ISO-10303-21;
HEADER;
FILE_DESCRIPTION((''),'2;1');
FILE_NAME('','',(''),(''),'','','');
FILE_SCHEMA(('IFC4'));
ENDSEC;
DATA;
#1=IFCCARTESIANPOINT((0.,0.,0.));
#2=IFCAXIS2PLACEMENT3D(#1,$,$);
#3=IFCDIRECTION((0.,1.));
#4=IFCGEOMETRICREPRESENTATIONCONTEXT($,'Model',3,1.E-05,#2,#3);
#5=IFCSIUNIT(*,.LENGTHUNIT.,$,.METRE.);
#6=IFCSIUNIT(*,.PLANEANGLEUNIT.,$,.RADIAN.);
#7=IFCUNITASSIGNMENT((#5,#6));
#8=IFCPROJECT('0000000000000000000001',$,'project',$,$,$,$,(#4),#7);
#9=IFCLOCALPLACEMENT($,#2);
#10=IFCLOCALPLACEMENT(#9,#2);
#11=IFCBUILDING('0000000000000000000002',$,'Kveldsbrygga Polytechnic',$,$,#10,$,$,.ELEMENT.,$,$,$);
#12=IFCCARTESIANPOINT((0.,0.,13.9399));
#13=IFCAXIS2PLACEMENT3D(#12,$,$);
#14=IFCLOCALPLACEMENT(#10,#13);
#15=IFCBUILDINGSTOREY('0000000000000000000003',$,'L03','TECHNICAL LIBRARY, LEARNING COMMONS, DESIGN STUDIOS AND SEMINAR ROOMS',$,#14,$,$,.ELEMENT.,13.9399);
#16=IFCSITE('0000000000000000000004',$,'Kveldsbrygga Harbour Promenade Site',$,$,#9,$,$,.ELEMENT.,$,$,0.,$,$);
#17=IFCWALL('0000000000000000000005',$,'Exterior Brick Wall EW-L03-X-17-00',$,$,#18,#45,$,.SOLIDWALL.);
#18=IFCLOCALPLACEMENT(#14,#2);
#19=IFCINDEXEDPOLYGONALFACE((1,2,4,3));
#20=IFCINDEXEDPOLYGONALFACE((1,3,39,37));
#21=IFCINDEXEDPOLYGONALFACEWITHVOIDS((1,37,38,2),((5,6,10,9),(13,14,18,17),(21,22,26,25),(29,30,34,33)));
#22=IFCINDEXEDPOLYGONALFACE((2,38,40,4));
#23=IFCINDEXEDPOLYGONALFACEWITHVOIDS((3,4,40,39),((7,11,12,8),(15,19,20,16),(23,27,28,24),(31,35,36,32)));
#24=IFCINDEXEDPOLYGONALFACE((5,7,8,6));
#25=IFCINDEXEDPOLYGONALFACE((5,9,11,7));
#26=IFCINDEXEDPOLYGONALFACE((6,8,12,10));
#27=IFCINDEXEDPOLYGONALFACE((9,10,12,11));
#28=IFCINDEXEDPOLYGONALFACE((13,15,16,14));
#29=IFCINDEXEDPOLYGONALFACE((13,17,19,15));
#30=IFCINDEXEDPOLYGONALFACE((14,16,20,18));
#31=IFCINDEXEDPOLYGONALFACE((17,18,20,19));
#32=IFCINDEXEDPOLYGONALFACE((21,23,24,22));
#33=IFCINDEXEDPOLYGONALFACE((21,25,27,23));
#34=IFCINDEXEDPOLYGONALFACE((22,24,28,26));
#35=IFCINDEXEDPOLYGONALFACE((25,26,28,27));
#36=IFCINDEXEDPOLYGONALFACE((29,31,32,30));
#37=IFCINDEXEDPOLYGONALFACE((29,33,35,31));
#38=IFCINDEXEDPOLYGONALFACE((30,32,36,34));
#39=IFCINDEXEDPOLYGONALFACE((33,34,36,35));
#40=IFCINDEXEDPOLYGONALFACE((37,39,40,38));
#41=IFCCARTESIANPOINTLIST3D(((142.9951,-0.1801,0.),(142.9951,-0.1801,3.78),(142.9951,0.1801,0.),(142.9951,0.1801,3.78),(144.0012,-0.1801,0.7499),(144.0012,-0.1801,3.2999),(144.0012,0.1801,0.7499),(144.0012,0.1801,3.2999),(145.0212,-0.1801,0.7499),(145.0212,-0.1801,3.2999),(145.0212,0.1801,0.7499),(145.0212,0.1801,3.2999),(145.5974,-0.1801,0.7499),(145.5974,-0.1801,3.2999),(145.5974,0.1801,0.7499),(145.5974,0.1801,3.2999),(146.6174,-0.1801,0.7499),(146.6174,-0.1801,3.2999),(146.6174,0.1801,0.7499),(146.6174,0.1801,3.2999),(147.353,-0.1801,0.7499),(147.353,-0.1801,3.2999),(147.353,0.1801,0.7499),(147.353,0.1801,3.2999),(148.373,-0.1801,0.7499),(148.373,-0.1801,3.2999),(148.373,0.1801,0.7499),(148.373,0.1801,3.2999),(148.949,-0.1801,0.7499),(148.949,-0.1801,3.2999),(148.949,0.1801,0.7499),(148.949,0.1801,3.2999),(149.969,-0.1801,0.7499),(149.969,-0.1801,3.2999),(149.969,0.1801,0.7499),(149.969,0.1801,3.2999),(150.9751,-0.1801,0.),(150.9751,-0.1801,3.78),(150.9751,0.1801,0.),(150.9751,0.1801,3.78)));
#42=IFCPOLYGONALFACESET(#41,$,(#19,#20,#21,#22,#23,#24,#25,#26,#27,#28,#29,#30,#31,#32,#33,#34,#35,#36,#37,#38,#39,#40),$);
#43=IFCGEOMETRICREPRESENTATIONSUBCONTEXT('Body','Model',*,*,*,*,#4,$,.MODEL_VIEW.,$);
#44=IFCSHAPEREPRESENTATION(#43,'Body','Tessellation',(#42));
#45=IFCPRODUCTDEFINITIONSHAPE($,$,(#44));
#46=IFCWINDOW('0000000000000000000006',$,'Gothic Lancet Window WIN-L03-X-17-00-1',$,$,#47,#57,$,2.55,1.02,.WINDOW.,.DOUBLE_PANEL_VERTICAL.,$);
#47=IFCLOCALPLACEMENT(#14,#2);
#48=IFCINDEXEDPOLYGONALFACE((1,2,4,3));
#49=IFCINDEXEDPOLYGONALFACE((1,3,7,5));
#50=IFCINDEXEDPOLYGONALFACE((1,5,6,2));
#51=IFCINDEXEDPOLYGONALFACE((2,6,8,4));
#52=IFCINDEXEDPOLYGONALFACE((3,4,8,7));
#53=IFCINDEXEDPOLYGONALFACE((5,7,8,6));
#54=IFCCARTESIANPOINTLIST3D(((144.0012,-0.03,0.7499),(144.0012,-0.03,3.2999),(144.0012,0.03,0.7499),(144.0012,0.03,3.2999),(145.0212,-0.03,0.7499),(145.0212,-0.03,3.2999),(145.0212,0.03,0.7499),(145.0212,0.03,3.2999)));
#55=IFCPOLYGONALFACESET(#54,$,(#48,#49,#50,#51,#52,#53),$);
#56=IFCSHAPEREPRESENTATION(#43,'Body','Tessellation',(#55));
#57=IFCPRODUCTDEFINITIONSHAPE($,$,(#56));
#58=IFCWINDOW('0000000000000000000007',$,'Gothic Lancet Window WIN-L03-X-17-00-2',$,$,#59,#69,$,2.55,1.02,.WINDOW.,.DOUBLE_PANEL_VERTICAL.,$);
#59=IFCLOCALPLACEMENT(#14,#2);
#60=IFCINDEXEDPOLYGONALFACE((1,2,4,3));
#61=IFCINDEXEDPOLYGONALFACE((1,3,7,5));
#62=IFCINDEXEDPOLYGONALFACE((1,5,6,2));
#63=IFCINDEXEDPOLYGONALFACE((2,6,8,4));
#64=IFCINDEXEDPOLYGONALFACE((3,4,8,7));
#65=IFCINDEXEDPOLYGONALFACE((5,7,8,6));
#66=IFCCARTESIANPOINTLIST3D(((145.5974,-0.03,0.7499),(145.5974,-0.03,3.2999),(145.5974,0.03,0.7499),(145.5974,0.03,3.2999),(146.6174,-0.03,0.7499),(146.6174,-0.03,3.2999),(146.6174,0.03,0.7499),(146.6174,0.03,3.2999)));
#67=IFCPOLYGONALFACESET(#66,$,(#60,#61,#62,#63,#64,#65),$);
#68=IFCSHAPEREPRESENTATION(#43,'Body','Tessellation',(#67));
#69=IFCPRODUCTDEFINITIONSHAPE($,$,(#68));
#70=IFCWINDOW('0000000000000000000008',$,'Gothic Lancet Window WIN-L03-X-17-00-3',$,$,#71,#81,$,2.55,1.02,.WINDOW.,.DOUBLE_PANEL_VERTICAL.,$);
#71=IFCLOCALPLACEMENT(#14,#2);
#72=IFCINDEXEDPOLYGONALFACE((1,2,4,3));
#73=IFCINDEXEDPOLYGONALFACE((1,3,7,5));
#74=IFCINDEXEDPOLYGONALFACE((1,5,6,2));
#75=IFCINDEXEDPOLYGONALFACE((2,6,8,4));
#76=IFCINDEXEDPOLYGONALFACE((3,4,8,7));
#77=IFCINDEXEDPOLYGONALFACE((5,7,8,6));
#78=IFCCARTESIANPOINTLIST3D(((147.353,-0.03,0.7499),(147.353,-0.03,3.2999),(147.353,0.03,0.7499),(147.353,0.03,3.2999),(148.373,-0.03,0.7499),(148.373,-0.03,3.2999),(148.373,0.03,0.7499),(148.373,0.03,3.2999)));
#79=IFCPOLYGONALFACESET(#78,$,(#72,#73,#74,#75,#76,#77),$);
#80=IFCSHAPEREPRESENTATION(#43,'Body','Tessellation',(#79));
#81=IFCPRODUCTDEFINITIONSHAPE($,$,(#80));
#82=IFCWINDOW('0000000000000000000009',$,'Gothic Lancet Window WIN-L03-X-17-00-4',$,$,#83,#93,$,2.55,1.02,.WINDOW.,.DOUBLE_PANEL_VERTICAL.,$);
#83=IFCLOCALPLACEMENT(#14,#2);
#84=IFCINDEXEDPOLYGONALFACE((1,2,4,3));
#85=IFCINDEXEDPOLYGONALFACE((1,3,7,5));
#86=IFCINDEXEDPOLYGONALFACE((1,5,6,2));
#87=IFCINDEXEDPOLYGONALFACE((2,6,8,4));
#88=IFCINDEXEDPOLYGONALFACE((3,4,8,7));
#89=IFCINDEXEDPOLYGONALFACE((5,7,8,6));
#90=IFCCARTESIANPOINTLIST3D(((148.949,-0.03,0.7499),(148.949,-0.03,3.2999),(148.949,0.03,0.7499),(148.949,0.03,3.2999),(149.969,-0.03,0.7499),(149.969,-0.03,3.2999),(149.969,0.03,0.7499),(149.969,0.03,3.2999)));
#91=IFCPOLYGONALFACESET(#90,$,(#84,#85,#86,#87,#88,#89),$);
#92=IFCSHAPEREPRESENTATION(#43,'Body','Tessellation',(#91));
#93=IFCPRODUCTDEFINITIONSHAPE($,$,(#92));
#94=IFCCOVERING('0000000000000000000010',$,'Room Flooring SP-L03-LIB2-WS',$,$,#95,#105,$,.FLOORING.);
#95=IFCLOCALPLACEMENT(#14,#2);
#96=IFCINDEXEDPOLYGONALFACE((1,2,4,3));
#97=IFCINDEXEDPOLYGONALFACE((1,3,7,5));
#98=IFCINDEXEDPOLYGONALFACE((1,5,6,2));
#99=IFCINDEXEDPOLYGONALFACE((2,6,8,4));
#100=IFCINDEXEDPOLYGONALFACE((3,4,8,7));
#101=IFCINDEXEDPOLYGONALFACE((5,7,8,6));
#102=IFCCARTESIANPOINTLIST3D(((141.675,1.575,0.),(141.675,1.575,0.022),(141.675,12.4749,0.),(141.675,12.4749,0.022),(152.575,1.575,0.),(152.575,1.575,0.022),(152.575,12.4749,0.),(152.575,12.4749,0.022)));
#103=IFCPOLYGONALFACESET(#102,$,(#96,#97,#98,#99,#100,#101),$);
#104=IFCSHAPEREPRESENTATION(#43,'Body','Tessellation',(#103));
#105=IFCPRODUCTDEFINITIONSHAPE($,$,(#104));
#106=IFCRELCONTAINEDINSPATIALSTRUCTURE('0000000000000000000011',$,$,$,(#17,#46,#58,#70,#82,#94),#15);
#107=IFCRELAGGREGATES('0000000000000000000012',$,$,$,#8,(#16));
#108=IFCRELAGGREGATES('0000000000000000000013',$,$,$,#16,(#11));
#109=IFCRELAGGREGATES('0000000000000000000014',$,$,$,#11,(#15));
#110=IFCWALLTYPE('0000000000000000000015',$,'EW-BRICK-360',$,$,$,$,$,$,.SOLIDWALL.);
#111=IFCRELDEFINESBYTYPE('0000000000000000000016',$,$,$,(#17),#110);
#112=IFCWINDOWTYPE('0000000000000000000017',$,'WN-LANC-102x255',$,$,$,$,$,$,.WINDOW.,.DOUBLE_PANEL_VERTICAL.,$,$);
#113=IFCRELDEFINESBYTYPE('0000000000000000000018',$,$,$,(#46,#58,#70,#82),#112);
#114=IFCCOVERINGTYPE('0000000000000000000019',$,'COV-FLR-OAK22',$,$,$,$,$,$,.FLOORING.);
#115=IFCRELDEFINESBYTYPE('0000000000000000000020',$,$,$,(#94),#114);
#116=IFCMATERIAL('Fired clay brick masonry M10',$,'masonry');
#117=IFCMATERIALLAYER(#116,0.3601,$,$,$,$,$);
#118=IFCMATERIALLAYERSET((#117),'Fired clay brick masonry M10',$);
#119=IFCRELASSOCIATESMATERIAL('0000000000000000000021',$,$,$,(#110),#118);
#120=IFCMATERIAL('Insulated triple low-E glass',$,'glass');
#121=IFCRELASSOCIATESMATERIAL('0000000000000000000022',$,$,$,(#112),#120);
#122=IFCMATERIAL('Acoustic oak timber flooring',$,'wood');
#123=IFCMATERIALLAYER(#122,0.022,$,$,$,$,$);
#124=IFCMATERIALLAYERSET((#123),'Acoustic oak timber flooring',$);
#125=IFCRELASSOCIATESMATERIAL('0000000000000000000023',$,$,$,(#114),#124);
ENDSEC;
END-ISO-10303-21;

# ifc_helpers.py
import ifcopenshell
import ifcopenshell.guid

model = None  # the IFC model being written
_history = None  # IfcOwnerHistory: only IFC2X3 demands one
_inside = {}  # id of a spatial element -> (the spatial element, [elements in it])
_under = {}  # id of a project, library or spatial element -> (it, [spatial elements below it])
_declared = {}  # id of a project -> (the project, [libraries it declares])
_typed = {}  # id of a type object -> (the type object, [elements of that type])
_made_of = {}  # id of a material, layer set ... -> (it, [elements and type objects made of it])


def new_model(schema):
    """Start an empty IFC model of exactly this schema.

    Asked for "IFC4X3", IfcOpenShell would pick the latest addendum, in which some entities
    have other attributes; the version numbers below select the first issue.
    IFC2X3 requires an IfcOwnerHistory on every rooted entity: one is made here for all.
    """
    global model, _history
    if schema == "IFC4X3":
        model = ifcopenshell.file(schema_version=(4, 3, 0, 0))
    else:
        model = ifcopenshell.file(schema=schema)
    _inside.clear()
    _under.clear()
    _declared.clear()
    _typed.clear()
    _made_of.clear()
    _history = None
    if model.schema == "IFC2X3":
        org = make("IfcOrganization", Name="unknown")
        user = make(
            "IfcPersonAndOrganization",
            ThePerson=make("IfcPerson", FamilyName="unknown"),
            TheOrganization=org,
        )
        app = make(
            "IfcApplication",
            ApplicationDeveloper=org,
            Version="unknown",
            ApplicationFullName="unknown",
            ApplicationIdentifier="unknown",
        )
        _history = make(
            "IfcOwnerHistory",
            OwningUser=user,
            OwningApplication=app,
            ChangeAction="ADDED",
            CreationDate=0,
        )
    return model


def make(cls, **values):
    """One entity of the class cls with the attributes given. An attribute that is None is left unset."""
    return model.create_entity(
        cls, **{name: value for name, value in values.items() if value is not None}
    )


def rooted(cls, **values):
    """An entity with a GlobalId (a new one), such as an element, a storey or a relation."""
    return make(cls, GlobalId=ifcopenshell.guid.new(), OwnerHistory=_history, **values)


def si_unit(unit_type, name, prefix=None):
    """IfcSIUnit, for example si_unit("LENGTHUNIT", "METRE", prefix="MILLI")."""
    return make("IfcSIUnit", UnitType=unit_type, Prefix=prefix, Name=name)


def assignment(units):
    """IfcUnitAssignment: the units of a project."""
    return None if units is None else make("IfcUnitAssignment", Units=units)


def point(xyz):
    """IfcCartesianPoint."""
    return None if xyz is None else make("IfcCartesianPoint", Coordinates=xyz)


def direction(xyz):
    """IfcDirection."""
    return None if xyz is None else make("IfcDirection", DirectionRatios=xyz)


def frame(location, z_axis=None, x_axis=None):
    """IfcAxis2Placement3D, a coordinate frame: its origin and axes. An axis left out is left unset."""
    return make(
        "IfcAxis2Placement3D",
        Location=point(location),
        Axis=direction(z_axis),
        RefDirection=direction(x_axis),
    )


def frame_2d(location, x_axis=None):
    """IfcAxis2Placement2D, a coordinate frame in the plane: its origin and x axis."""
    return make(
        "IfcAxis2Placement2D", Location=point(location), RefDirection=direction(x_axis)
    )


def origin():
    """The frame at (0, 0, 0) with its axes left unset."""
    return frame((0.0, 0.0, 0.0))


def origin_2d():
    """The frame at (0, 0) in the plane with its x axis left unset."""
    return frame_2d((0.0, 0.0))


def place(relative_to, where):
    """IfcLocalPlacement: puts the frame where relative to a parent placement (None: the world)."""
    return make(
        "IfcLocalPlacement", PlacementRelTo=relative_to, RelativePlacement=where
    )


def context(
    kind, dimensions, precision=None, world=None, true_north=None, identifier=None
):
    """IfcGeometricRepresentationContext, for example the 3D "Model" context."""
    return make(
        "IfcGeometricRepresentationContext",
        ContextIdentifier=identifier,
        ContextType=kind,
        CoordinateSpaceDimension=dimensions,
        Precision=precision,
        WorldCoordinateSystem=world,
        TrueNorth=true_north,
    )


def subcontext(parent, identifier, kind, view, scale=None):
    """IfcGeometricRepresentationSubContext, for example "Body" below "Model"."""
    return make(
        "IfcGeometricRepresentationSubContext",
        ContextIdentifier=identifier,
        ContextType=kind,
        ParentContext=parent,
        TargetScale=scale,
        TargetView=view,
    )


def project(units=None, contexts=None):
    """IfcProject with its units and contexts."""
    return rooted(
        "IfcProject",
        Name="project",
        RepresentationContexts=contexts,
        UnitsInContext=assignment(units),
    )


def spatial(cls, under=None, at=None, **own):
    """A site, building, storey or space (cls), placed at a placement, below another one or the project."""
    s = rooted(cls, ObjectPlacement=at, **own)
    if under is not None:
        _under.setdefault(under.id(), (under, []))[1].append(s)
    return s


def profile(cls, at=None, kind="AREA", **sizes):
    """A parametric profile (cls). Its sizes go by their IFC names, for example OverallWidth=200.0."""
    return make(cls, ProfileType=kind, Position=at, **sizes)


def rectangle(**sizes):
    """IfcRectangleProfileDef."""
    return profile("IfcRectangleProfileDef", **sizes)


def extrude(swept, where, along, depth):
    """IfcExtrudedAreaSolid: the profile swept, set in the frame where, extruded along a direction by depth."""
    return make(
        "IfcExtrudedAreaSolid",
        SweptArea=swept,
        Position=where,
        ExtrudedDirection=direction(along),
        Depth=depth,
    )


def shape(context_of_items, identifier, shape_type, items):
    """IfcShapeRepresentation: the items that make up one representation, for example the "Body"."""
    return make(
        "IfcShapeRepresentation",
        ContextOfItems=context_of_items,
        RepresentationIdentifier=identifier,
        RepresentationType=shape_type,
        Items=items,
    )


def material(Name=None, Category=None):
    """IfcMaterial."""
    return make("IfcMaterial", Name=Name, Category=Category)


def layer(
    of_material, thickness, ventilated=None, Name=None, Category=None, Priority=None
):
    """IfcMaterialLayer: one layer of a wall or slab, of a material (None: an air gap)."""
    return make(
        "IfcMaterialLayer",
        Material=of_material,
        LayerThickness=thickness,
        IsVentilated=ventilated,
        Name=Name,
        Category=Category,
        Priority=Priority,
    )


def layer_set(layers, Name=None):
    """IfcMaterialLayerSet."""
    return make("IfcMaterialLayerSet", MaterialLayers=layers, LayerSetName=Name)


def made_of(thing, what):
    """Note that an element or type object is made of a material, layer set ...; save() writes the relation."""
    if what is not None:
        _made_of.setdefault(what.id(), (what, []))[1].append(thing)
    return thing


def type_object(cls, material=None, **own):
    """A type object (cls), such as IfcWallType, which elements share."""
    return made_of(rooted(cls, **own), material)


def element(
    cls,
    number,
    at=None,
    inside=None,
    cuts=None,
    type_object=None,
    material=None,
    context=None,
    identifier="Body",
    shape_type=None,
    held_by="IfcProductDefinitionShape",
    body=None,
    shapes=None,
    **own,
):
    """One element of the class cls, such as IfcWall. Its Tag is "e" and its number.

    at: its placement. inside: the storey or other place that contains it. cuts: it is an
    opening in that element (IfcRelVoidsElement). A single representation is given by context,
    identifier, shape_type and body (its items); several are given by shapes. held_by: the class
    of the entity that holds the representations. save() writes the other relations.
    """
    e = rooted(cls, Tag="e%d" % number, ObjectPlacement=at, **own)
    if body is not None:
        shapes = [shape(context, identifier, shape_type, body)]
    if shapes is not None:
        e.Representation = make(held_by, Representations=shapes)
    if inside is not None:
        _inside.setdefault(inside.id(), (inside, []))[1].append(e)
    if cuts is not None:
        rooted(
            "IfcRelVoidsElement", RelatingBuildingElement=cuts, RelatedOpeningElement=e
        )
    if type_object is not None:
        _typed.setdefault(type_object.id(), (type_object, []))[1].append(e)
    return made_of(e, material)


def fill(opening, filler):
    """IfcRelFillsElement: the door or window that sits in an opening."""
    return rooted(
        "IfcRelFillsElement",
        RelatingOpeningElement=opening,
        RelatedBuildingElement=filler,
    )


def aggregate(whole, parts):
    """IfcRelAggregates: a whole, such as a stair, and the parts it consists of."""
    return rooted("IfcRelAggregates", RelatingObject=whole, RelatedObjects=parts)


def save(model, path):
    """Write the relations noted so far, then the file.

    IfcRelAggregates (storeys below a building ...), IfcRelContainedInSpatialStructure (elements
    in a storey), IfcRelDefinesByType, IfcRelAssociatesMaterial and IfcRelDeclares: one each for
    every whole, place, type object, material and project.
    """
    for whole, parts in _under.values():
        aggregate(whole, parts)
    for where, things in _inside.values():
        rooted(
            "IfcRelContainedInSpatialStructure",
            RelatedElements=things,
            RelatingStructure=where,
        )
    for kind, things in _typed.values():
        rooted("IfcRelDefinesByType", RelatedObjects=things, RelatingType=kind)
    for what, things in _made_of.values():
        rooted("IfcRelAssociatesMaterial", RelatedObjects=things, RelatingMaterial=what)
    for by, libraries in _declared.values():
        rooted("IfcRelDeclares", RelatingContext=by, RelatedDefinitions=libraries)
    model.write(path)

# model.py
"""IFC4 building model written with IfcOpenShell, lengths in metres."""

from ifc_helpers import new_model, si_unit, direction, frame, frame_2d, origin, origin_2d, place, context, subcontext, project, spatial, rectangle, extrude, material, layer, layer_set, type_object, element, fill, save


model = new_model("IFC4")

# Units and contexts
model_context = context("Model", 3, precision=1e-05, world=origin(), true_north=direction((0.0, 1.0)))
body_context = subcontext(model_context, "Body", "Model", "MODEL_VIEW")
ifc_project = project(units=[si_unit("LENGTHUNIT", "METRE"), si_unit("PLANEANGLEUNIT", "RADIAN")], contexts=[model_context])

# Site, building, storey
site_placement = place(None, origin())
site = spatial("IfcSite", under=ifc_project, at=site_placement, Name="Kveldsbrygga Harbour Promenade Site", CompositionType="ELEMENT", RefElevation=0.0)
building_placement = place(site_placement, origin())
building = spatial("IfcBuilding", under=site, at=building_placement, Name="Kveldsbrygga Polytechnic", CompositionType="ELEMENT")
storey_placement = place(building_placement, frame((0.0, 0.0, 13.9399)))
storey = spatial("IfcBuildingStorey", under=building, at=storey_placement, Name="L03", Description="TECHNICAL LIBRARY, LEARNING COMMONS, DESIGN STUDIOS AND SEMINAR ROOMS", CompositionType="ELEMENT", Elevation=13.9399)

# Wall, openings, windows
ifc_material_1 = material(Name="Fired clay brick masonry M10", Category="masonry")
ifc_layer_1 = layer(ifc_material_1, 0.3601)
ifc_layer_set_1 = layer_set([ifc_layer_1], Name="Fired clay brick masonry M10")
wall_type = type_object("IfcWallType", Name="EW-BRICK-360", PredefinedType="SOLIDWALL", material=ifc_layer_set_1)
wall_placement = place(storey_placement, frame((142.9951, 0.0, 0.0), z_axis=(0.0, 0.0, 1.0), x_axis=(1.0, 0.0, 0.0)))
wall = element("IfcWall", 1, at=wall_placement, inside=storey, type_object=wall_type, Name="Exterior Brick Wall EW-L03-X-17-00", PredefinedType="SOLIDWALL", context=body_context, shape_type="SweptSolid", body=[
    extrude(rectangle(XDim=7.98, YDim=0.3601, at=frame_2d((3.99, 0.0))), origin(), (0.0, 0.0, 1.0), 3.78),
])
opening_1_placement = place(wall_placement, frame((1.0061, 0.0, 0.75)))
opening_1 = element("IfcOpeningElement", 2, at=opening_1_placement, cuts=wall, PredefinedType="OPENING", context=body_context, shape_type="SweptSolid", body=[
    extrude(rectangle(XDim=1.02, YDim=2.55, at=frame_2d((0.51, 1.2749))), frame((0.0, 0.1899, 0.0), z_axis=(0.0, -1.0, 0.0), x_axis=(1.0, 0.0, 0.0)), (0.0, 0.0, 1.0), 0.3801),
])
opening_2_placement = place(wall_placement, frame((2.6023, 0.0, 0.75)))
opening_2 = element("IfcOpeningElement", 3, at=opening_2_placement, cuts=wall, PredefinedType="OPENING", context=body_context, shape_type="SweptSolid", body=[
    extrude(rectangle(XDim=1.02, YDim=2.55, at=frame_2d((0.51, 1.2749))), frame((0.0, 0.1899, 0.0), z_axis=(0.0, -1.0, 0.0), x_axis=(1.0, 0.0, 0.0)), (0.0, 0.0, 1.0), 0.3801),
])
opening_3_placement = place(wall_placement, frame((4.3579, 0.0, 0.75)))
opening_3 = element("IfcOpeningElement", 4, at=opening_3_placement, cuts=wall, PredefinedType="OPENING", context=body_context, shape_type="SweptSolid", body=[
    extrude(rectangle(XDim=1.02, YDim=2.55, at=frame_2d((0.51, 1.2749))), frame((0.0, 0.1899, 0.0), z_axis=(0.0, -1.0, 0.0), x_axis=(1.0, 0.0, 0.0)), (0.0, 0.0, 1.0), 0.3801),
])
opening_4_placement = place(wall_placement, frame((5.9539, 0.0, 0.75)))
opening_4 = element("IfcOpeningElement", 5, at=opening_4_placement, cuts=wall, PredefinedType="OPENING", context=body_context, shape_type="SweptSolid", body=[
    extrude(rectangle(XDim=1.02, YDim=2.55, at=frame_2d((0.51, 1.2749))), frame((0.0, 0.1899, 0.0), z_axis=(0.0, -1.0, 0.0), x_axis=(1.0, 0.0, 0.0)), (0.0, 0.0, 1.0), 0.3801),
])
ifc_material_2 = material(Name="Insulated triple low-E glass", Category="glass")
window_type = type_object("IfcWindowType", Name="WN-LANC-102x255", PartitioningType="DOUBLE_PANEL_VERTICAL", PredefinedType="WINDOW", material=ifc_material_2)
window_1_placement = place(opening_1_placement, origin())
window_1 = element("IfcWindow", 6, at=window_1_placement, inside=storey, type_object=window_type, Name="Gothic Lancet Window WIN-L03-X-17-00-1", OverallHeight=2.55, OverallWidth=1.02, PartitioningType="DOUBLE_PANEL_VERTICAL", PredefinedType="WINDOW", context=body_context, shape_type="SweptSolid", body=[
    extrude(rectangle(XDim=1.02, YDim=2.55, at=frame_2d((0.51, 1.2749))), frame((0.0, 0.03, 0.0), z_axis=(0.0, -1.0, 0.0), x_axis=(1.0, 0.0, 0.0)), (0.0, 0.0, 1.0), 0.0601),
])
fill(opening_1, window_1)
window_2_placement = place(opening_2_placement, origin())
window_2 = element("IfcWindow", 7, at=window_2_placement, inside=storey, type_object=window_type, Name="Gothic Lancet Window WIN-L03-X-17-00-2", OverallHeight=2.55, OverallWidth=1.02, PartitioningType="DOUBLE_PANEL_VERTICAL", PredefinedType="WINDOW", context=body_context, shape_type="SweptSolid", body=[
    extrude(rectangle(XDim=1.02, YDim=2.55, at=frame_2d((0.51, 1.2749))), frame((0.0, 0.03, 0.0), z_axis=(0.0, -1.0, 0.0), x_axis=(1.0, 0.0, 0.0)), (0.0, 0.0, 1.0), 0.0601),
])
fill(opening_2, window_2)
window_3_placement = place(opening_3_placement, origin())
window_3 = element("IfcWindow", 8, at=window_3_placement, inside=storey, type_object=window_type, Name="Gothic Lancet Window WIN-L03-X-17-00-3", OverallHeight=2.55, OverallWidth=1.02, PartitioningType="DOUBLE_PANEL_VERTICAL", PredefinedType="WINDOW", context=body_context, shape_type="SweptSolid", body=[
    extrude(rectangle(XDim=1.02, YDim=2.55, at=frame_2d((0.51, 1.2749))), frame((0.0, 0.03, 0.0), z_axis=(0.0, -1.0, 0.0), x_axis=(1.0, 0.0, 0.0)), (0.0, 0.0, 1.0), 0.0601),
])
fill(opening_3, window_3)
window_4_placement = place(opening_4_placement, origin())
window_4 = element("IfcWindow", 9, at=window_4_placement, inside=storey, type_object=window_type, Name="Gothic Lancet Window WIN-L03-X-17-00-4", OverallHeight=2.55, OverallWidth=1.02, PartitioningType="DOUBLE_PANEL_VERTICAL", PredefinedType="WINDOW", context=body_context, shape_type="SweptSolid", body=[
    extrude(rectangle(XDim=1.02, YDim=2.55, at=frame_2d((0.51, 1.2749))), frame((0.0, 0.03, 0.0), z_axis=(0.0, -1.0, 0.0), x_axis=(1.0, 0.0, 0.0)), (0.0, 0.0, 1.0), 0.0601),
])
fill(opening_4, window_4)

# Covering
ifc_material_3 = material(Name="Acoustic oak timber flooring", Category="wood")
ifc_layer_2 = layer(ifc_material_3, 0.022)
ifc_layer_set_2 = layer_set([ifc_layer_2], Name="Acoustic oak timber flooring")
covering_type = type_object("IfcCoveringType", Name="COV-FLR-OAK22", PredefinedType="FLOORING", material=ifc_layer_set_2)
covering_placement = place(storey_placement, frame((147.125, 7.0249, 0.0), z_axis=(0.0, 0.0, 1.0), x_axis=(1.0, 0.0, 0.0)))
element("IfcCovering", 10, at=covering_placement, inside=storey, type_object=covering_type, Name="Room Flooring SP-L03-LIB2-WS", PredefinedType="FLOORING", context=body_context, shape_type="SweptSolid", body=[
    extrude(rectangle(XDim=10.8999, YDim=10.8999, at=origin_2d()), origin(), (0.0, 0.0, 1.0), 0.022),
])

save(model, "model.ifc")
